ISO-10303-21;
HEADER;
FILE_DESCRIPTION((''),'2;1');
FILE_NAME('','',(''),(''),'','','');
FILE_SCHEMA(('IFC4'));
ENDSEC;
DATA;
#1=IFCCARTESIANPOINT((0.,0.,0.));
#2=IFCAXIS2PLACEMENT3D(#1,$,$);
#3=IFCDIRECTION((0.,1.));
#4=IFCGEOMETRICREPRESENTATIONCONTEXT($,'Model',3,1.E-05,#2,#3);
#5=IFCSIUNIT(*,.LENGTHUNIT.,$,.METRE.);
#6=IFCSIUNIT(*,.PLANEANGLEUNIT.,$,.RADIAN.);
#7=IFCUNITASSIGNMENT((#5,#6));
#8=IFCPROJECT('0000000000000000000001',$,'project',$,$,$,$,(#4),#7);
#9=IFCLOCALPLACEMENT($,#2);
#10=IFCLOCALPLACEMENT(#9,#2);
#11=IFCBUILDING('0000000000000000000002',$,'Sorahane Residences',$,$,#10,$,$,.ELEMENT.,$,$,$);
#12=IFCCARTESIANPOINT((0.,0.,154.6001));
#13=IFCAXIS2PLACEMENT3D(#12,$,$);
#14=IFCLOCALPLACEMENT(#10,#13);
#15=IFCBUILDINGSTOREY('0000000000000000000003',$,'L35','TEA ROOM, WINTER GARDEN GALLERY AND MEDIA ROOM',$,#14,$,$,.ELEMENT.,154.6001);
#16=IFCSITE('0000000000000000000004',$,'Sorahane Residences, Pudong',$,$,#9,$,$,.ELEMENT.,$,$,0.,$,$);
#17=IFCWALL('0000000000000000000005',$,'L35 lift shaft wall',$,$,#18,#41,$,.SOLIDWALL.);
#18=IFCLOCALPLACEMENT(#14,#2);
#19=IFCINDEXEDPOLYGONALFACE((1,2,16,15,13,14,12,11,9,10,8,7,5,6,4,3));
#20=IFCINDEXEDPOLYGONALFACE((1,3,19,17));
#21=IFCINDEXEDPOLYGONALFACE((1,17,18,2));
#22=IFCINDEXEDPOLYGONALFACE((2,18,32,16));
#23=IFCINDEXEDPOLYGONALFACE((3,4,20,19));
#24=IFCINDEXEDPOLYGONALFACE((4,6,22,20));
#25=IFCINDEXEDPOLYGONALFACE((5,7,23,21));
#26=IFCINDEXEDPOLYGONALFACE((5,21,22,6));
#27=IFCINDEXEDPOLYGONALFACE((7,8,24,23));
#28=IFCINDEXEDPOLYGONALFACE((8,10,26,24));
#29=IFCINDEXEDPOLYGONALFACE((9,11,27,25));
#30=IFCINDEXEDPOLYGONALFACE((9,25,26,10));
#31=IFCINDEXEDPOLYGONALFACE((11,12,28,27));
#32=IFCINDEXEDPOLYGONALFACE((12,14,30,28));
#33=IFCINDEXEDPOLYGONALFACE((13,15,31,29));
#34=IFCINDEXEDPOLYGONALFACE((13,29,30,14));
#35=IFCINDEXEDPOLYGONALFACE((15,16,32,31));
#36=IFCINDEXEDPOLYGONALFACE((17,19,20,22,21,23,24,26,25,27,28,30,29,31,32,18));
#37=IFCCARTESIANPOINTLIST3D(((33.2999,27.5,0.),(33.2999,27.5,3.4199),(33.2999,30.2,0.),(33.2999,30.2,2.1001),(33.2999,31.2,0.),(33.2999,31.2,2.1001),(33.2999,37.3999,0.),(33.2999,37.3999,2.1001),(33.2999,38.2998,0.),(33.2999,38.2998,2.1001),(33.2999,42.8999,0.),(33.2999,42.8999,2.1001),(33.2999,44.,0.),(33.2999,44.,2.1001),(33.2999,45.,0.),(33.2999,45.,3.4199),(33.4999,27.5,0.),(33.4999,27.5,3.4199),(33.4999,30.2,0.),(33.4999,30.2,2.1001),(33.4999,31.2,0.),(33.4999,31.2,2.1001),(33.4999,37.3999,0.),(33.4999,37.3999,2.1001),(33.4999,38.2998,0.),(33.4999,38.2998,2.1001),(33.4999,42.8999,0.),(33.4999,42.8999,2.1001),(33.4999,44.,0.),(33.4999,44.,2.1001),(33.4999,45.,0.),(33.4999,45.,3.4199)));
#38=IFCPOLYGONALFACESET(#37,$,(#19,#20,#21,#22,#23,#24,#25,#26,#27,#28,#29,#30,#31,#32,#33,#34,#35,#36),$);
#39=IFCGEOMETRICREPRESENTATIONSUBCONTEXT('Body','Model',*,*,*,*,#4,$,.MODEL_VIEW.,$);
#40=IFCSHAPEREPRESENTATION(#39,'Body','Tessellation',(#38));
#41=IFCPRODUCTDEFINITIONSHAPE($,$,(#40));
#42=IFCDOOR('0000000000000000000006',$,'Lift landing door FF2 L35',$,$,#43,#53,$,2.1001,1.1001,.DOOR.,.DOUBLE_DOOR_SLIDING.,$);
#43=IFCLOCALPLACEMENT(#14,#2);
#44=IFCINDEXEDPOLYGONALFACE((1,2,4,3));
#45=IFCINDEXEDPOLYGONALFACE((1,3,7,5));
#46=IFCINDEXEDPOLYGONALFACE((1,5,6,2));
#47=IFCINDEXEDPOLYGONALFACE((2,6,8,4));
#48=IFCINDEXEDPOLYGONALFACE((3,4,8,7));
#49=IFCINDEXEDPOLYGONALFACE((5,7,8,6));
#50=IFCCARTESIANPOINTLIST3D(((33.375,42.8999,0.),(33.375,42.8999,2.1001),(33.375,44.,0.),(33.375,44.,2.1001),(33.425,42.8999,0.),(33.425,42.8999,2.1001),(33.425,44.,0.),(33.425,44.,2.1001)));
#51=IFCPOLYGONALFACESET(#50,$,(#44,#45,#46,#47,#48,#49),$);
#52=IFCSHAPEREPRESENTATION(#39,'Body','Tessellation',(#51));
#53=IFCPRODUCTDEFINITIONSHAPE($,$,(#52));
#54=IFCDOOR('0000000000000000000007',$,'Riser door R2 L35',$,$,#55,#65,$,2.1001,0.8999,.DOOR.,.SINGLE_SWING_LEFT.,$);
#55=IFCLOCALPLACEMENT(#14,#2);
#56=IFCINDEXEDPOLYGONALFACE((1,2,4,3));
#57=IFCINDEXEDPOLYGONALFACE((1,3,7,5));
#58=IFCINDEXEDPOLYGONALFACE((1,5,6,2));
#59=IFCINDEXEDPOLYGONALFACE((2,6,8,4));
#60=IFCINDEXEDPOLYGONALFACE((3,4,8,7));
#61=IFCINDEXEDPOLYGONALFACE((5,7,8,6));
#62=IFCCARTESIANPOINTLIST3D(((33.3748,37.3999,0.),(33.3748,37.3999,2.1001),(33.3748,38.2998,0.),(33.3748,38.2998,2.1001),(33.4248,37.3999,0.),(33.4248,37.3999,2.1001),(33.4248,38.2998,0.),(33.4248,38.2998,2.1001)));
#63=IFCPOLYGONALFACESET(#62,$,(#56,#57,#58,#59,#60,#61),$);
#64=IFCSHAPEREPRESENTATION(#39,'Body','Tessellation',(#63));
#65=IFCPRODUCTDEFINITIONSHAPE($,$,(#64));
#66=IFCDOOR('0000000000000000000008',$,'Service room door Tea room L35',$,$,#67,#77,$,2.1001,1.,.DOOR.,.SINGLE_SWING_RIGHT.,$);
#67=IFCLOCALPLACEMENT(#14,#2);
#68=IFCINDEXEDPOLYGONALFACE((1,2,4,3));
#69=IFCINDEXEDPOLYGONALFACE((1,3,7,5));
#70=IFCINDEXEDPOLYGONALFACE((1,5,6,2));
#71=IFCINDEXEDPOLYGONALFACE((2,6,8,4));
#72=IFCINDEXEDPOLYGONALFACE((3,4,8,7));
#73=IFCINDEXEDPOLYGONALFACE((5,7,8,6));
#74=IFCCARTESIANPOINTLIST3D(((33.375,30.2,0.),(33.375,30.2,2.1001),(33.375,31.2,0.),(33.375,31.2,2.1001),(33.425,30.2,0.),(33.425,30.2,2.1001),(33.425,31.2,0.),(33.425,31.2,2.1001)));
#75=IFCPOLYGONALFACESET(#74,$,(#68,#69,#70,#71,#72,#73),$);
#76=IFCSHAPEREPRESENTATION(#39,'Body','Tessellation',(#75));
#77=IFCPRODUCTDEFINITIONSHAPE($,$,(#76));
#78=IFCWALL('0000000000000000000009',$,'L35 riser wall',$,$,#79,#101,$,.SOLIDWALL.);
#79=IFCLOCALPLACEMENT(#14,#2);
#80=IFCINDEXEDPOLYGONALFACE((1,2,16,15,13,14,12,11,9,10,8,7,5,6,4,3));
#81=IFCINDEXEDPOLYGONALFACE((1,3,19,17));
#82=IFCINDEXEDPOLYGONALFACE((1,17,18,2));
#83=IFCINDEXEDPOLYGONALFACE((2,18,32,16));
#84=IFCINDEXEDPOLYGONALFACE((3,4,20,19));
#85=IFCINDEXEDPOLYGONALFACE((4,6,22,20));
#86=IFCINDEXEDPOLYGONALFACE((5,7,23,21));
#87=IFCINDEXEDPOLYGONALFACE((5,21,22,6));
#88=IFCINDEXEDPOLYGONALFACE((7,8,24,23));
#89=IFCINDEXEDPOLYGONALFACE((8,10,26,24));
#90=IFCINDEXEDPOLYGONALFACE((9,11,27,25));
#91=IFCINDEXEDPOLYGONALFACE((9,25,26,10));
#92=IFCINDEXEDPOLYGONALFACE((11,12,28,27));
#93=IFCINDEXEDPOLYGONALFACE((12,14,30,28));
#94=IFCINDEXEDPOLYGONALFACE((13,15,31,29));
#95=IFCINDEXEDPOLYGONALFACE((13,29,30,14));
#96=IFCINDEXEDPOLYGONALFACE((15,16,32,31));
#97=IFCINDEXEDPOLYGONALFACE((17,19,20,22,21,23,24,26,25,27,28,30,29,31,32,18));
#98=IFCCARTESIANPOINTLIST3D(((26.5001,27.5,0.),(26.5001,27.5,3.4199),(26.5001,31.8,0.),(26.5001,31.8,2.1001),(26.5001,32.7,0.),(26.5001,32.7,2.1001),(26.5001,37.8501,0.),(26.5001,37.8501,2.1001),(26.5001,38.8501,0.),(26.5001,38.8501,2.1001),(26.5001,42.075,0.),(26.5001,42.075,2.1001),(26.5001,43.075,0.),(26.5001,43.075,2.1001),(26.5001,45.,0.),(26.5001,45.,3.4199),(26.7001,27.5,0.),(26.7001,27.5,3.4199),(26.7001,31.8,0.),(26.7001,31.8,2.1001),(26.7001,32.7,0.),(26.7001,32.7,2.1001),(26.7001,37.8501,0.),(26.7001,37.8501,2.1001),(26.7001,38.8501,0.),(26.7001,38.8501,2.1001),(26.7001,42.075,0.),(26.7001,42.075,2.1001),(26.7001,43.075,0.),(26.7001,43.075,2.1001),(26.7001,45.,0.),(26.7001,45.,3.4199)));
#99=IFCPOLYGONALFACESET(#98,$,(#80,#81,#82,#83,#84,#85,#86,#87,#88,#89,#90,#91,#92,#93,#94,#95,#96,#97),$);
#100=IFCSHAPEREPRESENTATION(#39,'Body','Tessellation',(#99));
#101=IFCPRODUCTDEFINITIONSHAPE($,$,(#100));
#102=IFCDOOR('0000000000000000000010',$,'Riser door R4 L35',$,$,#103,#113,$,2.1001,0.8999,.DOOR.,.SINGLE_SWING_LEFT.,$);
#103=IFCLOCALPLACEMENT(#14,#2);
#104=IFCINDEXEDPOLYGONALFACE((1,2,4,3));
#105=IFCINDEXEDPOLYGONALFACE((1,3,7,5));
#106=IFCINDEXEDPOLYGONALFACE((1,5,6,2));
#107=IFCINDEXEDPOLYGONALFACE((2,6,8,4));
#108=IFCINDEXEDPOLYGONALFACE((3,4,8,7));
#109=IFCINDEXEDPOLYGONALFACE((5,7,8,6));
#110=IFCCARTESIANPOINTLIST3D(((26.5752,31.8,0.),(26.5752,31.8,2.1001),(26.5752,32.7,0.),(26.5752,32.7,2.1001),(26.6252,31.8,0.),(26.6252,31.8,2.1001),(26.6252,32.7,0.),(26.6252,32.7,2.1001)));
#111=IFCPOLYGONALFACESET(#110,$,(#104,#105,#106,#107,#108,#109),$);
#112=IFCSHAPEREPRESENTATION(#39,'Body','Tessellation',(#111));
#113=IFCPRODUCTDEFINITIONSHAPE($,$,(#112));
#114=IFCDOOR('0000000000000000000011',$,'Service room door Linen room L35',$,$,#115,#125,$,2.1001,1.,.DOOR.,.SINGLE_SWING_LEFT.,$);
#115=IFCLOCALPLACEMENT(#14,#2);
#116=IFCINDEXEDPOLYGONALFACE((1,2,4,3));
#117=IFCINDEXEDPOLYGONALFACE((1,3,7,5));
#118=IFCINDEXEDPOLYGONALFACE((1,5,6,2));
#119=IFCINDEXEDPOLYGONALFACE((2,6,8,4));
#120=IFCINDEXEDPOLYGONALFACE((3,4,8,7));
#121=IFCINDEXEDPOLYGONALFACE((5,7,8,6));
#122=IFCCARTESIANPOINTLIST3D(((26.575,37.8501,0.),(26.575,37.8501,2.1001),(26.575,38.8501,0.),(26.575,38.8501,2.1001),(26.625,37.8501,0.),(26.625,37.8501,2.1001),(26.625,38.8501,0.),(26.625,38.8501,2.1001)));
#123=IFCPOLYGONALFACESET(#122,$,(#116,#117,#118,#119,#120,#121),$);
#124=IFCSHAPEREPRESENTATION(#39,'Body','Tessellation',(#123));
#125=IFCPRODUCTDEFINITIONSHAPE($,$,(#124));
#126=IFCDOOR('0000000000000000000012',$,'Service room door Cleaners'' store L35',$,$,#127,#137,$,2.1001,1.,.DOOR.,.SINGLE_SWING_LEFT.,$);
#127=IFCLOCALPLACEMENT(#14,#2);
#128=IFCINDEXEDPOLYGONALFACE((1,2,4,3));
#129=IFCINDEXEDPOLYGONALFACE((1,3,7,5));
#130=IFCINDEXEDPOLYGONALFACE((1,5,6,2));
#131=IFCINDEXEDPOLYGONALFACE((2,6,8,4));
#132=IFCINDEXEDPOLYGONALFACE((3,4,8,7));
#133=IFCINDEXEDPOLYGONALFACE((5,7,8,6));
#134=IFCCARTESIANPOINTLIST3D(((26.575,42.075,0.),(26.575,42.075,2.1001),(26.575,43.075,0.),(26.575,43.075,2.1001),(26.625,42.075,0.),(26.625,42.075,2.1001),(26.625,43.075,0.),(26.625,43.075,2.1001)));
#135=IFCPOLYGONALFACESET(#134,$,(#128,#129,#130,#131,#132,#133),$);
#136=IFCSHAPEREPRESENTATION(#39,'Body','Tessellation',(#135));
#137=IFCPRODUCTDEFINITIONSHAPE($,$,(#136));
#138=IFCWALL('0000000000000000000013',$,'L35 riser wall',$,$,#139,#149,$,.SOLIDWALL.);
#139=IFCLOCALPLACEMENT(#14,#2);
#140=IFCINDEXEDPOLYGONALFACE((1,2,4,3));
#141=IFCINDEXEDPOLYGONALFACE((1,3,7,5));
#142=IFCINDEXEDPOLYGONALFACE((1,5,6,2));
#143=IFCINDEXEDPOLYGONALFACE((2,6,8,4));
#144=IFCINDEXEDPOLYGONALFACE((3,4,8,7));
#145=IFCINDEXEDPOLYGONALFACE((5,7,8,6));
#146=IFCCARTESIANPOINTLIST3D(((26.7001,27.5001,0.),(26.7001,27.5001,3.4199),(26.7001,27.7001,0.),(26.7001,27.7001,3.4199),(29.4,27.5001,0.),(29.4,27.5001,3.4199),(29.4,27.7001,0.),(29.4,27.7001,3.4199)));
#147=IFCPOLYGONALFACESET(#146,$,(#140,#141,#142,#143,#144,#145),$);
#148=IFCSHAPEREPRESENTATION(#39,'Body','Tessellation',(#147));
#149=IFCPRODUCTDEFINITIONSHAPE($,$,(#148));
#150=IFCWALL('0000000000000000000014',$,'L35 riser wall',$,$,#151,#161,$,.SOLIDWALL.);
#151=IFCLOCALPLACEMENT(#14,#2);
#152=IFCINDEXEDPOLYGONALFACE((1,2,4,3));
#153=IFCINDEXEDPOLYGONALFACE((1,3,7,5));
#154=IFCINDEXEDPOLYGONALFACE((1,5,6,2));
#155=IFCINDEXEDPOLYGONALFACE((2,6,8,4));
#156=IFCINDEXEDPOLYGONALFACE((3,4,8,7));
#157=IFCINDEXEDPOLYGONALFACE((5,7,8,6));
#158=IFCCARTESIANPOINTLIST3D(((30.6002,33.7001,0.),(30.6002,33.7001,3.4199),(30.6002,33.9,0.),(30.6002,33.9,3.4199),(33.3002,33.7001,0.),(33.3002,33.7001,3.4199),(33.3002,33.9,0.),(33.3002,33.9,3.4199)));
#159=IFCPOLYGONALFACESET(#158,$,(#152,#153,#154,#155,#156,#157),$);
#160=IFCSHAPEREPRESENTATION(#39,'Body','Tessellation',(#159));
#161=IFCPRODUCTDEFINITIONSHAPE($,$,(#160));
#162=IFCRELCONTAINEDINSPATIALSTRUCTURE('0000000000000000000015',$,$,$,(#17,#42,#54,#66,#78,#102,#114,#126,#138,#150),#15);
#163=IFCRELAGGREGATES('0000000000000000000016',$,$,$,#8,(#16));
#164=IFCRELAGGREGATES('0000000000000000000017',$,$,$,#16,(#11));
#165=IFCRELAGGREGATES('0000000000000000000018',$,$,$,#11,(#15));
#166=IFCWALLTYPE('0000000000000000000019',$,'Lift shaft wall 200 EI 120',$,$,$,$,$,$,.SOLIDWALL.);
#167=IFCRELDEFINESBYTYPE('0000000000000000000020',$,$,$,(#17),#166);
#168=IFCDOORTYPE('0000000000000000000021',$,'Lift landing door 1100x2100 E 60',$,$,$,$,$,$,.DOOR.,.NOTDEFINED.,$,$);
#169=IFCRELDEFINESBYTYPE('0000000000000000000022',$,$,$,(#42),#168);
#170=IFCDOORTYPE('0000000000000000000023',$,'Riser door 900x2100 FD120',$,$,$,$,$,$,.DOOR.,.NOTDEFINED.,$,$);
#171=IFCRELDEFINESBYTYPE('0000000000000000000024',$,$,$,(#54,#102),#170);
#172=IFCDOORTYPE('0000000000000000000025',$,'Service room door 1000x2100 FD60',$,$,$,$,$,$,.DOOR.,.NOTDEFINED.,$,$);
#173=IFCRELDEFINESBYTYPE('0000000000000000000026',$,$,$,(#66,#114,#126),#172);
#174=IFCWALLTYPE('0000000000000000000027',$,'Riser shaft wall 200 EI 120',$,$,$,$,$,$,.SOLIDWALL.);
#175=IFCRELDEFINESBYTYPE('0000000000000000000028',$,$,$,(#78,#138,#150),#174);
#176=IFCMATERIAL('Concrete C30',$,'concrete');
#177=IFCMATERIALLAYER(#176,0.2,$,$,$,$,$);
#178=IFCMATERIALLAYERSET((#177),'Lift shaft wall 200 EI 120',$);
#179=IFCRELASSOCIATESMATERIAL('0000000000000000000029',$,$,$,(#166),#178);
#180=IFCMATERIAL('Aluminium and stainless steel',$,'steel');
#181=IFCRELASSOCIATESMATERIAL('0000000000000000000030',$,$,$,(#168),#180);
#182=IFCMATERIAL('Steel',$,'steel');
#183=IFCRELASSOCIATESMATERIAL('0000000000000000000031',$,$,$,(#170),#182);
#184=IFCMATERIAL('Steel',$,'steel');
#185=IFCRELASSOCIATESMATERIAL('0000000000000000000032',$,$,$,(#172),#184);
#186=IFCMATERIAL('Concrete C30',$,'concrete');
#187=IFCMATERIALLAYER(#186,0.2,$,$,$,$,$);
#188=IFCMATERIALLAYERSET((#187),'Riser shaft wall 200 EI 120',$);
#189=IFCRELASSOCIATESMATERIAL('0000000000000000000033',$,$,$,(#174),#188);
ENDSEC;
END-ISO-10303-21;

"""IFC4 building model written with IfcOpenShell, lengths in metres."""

from ifc_helpers import new_model, si_unit, direction, frame, frame_2d, origin, place, context, subcontext, project, spatial, rectangle, extrude, material, layer, layer_set, type_object, element, fill, save


model = new_model("IFC4")

# Units and contexts
model_context = context("Model", 3, precision=1e-05, world=origin(), true_north=direction((0.0, 1.0)))
body_context = subcontext(model_context, "Body", "Model", "MODEL_VIEW")
ifc_project = project(units=[si_unit("LENGTHUNIT", "METRE"), si_unit("PLANEANGLEUNIT", "RADIAN")], contexts=[model_context])

# Site, building, storey
site_placement = place(None, origin())
site = spatial("IfcSite", under=ifc_project, at=site_placement, Name="Sorahane Residences, Pudong", CompositionType="ELEMENT", RefElevation=0.0)
building_placement = place(site_placement, origin())
building = spatial("IfcBuilding", under=site, at=building_placement, Name="Sorahane Residences", CompositionType="ELEMENT")
storey_placement = place(building_placement, frame((0.0, 0.0, 154.6001)))
storey = spatial("IfcBuildingStorey", under=building, at=storey_placement, Name="L35", Description="TEA ROOM, WINTER GARDEN GALLERY AND MEDIA ROOM", CompositionType="ELEMENT", Elevation=154.6001)

# Walls, openings, doors
ifc_material_1 = material(Name="Concrete C30", Category="concrete")
ifc_layer_1 = layer(ifc_material_1, 0.2)
ifc_layer_set_1 = layer_set([ifc_layer_1], Name="Lift shaft wall 200 EI 120")
wall_type_1 = type_object("IfcWallType", Name="Lift shaft wall 200 EI 120", PredefinedType="SOLIDWALL", material=ifc_layer_set_1)
wall_1_placement = place(storey_placement, frame((33.3999, 27.5, 0.0), z_axis=(0.0, 0.0, 1.0), x_axis=(0.0, 1.0, 0.0)))
wall_1 = element("IfcWall", 1, at=wall_1_placement, inside=storey, type_object=wall_type_1, Name="L35 lift shaft wall", PredefinedType="SOLIDWALL", context=body_context, shape_type="SweptSolid", body=[
    extrude(rectangle(XDim=17.5, YDim=0.2, at=frame_2d((8.75, 0.0))), origin(), (0.0, 0.0, 1.0), 3.4199),
])
opening_1_placement = place(wall_1_placement, frame((15.3999, 0.0, 0.0)))
opening_1 = element("IfcOpeningElement", 2, at=opening_1_placement, cuts=wall_1, PredefinedType="OPENING", context=body_context, shape_type="SweptSolid", body=[
    extrude(rectangle(XDim=1.1001, YDim=2.1001, at=frame_2d((0.55, 1.05))), frame((0.0, 0.1099, 0.0), z_axis=(0.0, -1.0, 0.0), x_axis=(1.0, 0.0, 0.0)), (0.0, 0.0, 1.0), 0.22),
])
opening_2_placement = place(wall_1_placement, frame((2.7, 0.0, 0.0)))
opening_2 = element("IfcOpeningElement", 3, at=opening_2_placement, cuts=wall_1, PredefinedType="OPENING", context=body_context, shape_type="SweptSolid", body=[
    extrude(rectangle(XDim=1.0, YDim=2.1001, at=frame_2d((0.5, 1.05))), frame((0.0, 0.1099, 0.0), z_axis=(0.0, -1.0, 0.0), x_axis=(1.0, 0.0, 0.0)), (0.0, 0.0, 1.0), 0.22),
])
opening_3_placement = place(wall_1_placement, frame((9.8999, 0.0, 0.0)))
opening_3 = element("IfcOpeningElement", 4, at=opening_3_placement, cuts=wall_1, PredefinedType="OPENING", context=body_context, shape_type="SweptSolid", body=[
    extrude(rectangle(XDim=0.8999, YDim=2.1001, at=frame_2d((0.45, 1.05))), frame((0.0, 0.1099, 0.0), z_axis=(0.0, -1.0, 0.0), x_axis=(1.0, 0.0, 0.0)), (0.0, 0.0, 1.0), 0.22),
])
ifc_material_2 = material(Name="Aluminium and stainless steel", Category="steel")
door_type_1 = type_object("IfcDoorType", Name="Lift landing door 1100x2100 E 60", OperationType="NOTDEFINED", PredefinedType="DOOR", material=ifc_material_2)
door_1_placement = place(opening_1_placement, origin())
door_1 = element("IfcDoor", 5, at=door_1_placement, inside=storey, type_object=door_type_1, Name="Lift landing door FF2 L35", OperationType="DOUBLE_DOOR_SLIDING", OverallHeight=2.1001, OverallWidth=1.1001, PredefinedType="DOOR", context=body_context, shape_type="SweptSolid", body=[
    extrude(rectangle(XDim=1.1001, YDim=2.1001, at=frame_2d((0.55, 1.05))), frame((0.0, 0.0249, 0.0), z_axis=(0.0, -1.0, 0.0), x_axis=(1.0, 0.0, 0.0)), (0.0, 0.0, 1.0), 0.05),
])
fill(opening_1, door_1)
ifc_material_3 = material(Name="Steel", Category="steel")
door_type_2 = type_object("IfcDoorType", Name="Riser door 900x2100 FD120", OperationType="NOTDEFINED", PredefinedType="DOOR", material=ifc_material_3)
door_2_placement = place(opening_3_placement, frame((0.8999, 0.0, 0.0), z_axis=(0.0, 0.0, 1.0), x_axis=(-1.0, 0.0, 0.0)))
door_2 = element("IfcDoor", 6, at=door_2_placement, inside=storey, type_object=door_type_2, Name="Riser door R2 L35", OperationType="SINGLE_SWING_LEFT", OverallHeight=2.1001, OverallWidth=0.8999, PredefinedType="DOOR", context=body_context, shape_type="SweptSolid", body=[
    extrude(rectangle(XDim=0.8999, YDim=2.1001, at=frame_2d((0.45, 1.05))), frame((0.0, 0.0249, 0.0), z_axis=(0.0, -1.0, 0.0), x_axis=(1.0, 0.0, 0.0)), (0.0, 0.0, 1.0), 0.05),
])
fill(opening_3, door_2)
ifc_material_4 = material(Name="Steel", Category="steel")
door_type_3 = type_object("IfcDoorType", Name="Service room door 1000x2100 FD60", OperationType="NOTDEFINED", PredefinedType="DOOR", material=ifc_material_4)
door_3_placement = place(opening_2_placement, origin())
door_3 = element("IfcDoor", 7, at=door_3_placement, inside=storey, type_object=door_type_3, Name="Service room door Tea room L35", OperationType="SINGLE_SWING_RIGHT", OverallHeight=2.1001, OverallWidth=1.0, PredefinedType="DOOR", context=body_context, shape_type="SweptSolid", body=[
    extrude(rectangle(XDim=1.0, YDim=2.1001, at=frame_2d((0.5, 1.05))), frame((0.0, 0.0249, 0.0), z_axis=(0.0, -1.0, 0.0), x_axis=(1.0, 0.0, 0.0)), (0.0, 0.0, 1.0), 0.05),
])
fill(opening_2, door_3)
ifc_material_5 = material(Name="Concrete C30", Category="concrete")
ifc_layer_2 = layer(ifc_material_5, 0.2)
ifc_layer_set_2 = layer_set([ifc_layer_2], Name="Riser shaft wall 200 EI 120")
wall_type_2 = type_object("IfcWallType", Name="Riser shaft wall 200 EI 120", PredefinedType="SOLIDWALL", material=ifc_layer_set_2)
wall_2_placement = place(storey_placement, frame((26.6001, 27.5, 0.0), z_axis=(0.0, 0.0, 1.0), x_axis=(0.0, 1.0, 0.0)))
wall_2 = element("IfcWall", 8, at=wall_2_placement, inside=storey, type_object=wall_type_2, Name="L35 riser wall", PredefinedType="SOLIDWALL", context=body_context, shape_type="SweptSolid", body=[
    extrude(rectangle(XDim=17.5, YDim=0.2, at=frame_2d((8.75, 0.0))), origin(), (0.0, 0.0, 1.0), 3.4199),
])
opening_4_placement = place(wall_2_placement, frame((4.3, 0.0, 0.0)))
opening_4 = element("IfcOpeningElement", 9, at=opening_4_placement, cuts=wall_2, PredefinedType="OPENING", context=body_context, shape_type="SweptSolid", body=[
    extrude(rectangle(XDim=0.8999, YDim=2.1001, at=frame_2d((0.45, 1.05))), frame((0.0, 0.1099, 0.0), z_axis=(0.0, -1.0, 0.0), x_axis=(1.0, 0.0, 0.0)), (0.0, 0.0, 1.0), 0.22),
])
opening_5_placement = place(wall_2_placement, frame((10.3501, 0.0, 0.0)))
opening_5 = element("IfcOpeningElement", 10, at=opening_5_placement, cuts=wall_2, PredefinedType="OPENING", context=body_context, shape_type="SweptSolid", body=[
    extrude(rectangle(XDim=1.0, YDim=2.1001, at=frame_2d((0.5, 1.05))), frame((0.0, 0.1099, 0.0), z_axis=(0.0, -1.0, 0.0), x_axis=(1.0, 0.0, 0.0)), (0.0, 0.0, 1.0), 0.22),
])
opening_6_placement = place(wall_2_placement, frame((14.575, 0.0, 0.0)))
opening_6 = element("IfcOpeningElement", 11, at=opening_6_placement, cuts=wall_2, PredefinedType="OPENING", context=body_context, shape_type="SweptSolid", body=[
    extrude(rectangle(XDim=1.0, YDim=2.1001, at=frame_2d((0.5, 1.05))), frame((0.0, 0.1099, 0.0), z_axis=(0.0, -1.0, 0.0), x_axis=(1.0, 0.0, 0.0)), (0.0, 0.0, 1.0), 0.22),
])
door_4_placement = place(opening_4_placement, origin())
door_4 = element("IfcDoor", 12, at=door_4_placement, inside=storey, type_object=door_type_2, Name="Riser door R4 L35", OperationType="SINGLE_SWING_LEFT", OverallHeight=2.1001, OverallWidth=0.8999, PredefinedType="DOOR", context=body_context, shape_type="SweptSolid", body=[
    extrude(rectangle(XDim=0.8999, YDim=2.1001, at=frame_2d((0.45, 1.05))), frame((0.0, 0.0249, 0.0), z_axis=(0.0, -1.0, 0.0), x_axis=(1.0, 0.0, 0.0)), (0.0, 0.0, 1.0), 0.05),
])
fill(opening_4, door_4)
door_5_placement = place(opening_5_placement, frame((1.0, 0.0, 0.0), z_axis=(0.0, 0.0, 1.0), x_axis=(-1.0, 0.0, 0.0)))
door_5 = element("IfcDoor", 13, at=door_5_placement, inside=storey, type_object=door_type_3, Name="Service room door Linen room L35", OperationType="SINGLE_SWING_LEFT", OverallHeight=2.1001, OverallWidth=1.0, PredefinedType="DOOR", context=body_context, shape_type="SweptSolid", body=[
    extrude(rectangle(XDim=1.0, YDim=2.1001, at=frame_2d((0.5, 1.05))), frame((0.0, 0.0249, 0.0), z_axis=(0.0, -1.0, 0.0), x_axis=(1.0, 0.0, 0.0)), (0.0, 0.0, 1.0), 0.05),
])
fill(opening_5, door_5)
door_6_placement = place(opening_6_placement, frame((1.0, 0.0, 0.0), z_axis=(0.0, 0.0, 1.0), x_axis=(-1.0, 0.0, 0.0)))
door_6 = element("IfcDoor", 14, at=door_6_placement, inside=storey, type_object=door_type_3, Name="Service room door Cleaners' store L35", OperationType="SINGLE_SWING_LEFT", OverallHeight=2.1001, OverallWidth=1.0, PredefinedType="DOOR", context=body_context, shape_type="SweptSolid", body=[
    extrude(rectangle(XDim=1.0, YDim=2.1001, at=frame_2d((0.5, 1.05))), frame((0.0, 0.0249, 0.0), z_axis=(0.0, -1.0, 0.0), x_axis=(1.0, 0.0, 0.0)), (0.0, 0.0, 1.0), 0.05),
])
fill(opening_6, door_6)

# Walls
for number, where, z_axis, x_axis, name in (
    (15, (26.7, 27.6001, 0.0), (0.0, 0.0, 1.0), (1.0, 0.0, 0.0), "L35 riser wall"),
    (16, (30.6001, 33.8, 0.0), (0.0, 0.0, 1.0), (1.0, 0.0, 0.0), "L35 riser wall"),
):
    element("IfcWall", number, at=place(storey_placement, frame(where, z_axis=z_axis, x_axis=x_axis)), inside=storey, type_object=wall_type_2, Name=name, PredefinedType="SOLIDWALL", context=body_context, shape_type="SweptSolid", body=[
        extrude(rectangle(XDim=2.7, YDim=0.2, at=frame_2d((1.3501, 0.0))), origin(), (0.0, 0.0, 1.0), 3.4199),
    ])

save(model, "model.ifc")
